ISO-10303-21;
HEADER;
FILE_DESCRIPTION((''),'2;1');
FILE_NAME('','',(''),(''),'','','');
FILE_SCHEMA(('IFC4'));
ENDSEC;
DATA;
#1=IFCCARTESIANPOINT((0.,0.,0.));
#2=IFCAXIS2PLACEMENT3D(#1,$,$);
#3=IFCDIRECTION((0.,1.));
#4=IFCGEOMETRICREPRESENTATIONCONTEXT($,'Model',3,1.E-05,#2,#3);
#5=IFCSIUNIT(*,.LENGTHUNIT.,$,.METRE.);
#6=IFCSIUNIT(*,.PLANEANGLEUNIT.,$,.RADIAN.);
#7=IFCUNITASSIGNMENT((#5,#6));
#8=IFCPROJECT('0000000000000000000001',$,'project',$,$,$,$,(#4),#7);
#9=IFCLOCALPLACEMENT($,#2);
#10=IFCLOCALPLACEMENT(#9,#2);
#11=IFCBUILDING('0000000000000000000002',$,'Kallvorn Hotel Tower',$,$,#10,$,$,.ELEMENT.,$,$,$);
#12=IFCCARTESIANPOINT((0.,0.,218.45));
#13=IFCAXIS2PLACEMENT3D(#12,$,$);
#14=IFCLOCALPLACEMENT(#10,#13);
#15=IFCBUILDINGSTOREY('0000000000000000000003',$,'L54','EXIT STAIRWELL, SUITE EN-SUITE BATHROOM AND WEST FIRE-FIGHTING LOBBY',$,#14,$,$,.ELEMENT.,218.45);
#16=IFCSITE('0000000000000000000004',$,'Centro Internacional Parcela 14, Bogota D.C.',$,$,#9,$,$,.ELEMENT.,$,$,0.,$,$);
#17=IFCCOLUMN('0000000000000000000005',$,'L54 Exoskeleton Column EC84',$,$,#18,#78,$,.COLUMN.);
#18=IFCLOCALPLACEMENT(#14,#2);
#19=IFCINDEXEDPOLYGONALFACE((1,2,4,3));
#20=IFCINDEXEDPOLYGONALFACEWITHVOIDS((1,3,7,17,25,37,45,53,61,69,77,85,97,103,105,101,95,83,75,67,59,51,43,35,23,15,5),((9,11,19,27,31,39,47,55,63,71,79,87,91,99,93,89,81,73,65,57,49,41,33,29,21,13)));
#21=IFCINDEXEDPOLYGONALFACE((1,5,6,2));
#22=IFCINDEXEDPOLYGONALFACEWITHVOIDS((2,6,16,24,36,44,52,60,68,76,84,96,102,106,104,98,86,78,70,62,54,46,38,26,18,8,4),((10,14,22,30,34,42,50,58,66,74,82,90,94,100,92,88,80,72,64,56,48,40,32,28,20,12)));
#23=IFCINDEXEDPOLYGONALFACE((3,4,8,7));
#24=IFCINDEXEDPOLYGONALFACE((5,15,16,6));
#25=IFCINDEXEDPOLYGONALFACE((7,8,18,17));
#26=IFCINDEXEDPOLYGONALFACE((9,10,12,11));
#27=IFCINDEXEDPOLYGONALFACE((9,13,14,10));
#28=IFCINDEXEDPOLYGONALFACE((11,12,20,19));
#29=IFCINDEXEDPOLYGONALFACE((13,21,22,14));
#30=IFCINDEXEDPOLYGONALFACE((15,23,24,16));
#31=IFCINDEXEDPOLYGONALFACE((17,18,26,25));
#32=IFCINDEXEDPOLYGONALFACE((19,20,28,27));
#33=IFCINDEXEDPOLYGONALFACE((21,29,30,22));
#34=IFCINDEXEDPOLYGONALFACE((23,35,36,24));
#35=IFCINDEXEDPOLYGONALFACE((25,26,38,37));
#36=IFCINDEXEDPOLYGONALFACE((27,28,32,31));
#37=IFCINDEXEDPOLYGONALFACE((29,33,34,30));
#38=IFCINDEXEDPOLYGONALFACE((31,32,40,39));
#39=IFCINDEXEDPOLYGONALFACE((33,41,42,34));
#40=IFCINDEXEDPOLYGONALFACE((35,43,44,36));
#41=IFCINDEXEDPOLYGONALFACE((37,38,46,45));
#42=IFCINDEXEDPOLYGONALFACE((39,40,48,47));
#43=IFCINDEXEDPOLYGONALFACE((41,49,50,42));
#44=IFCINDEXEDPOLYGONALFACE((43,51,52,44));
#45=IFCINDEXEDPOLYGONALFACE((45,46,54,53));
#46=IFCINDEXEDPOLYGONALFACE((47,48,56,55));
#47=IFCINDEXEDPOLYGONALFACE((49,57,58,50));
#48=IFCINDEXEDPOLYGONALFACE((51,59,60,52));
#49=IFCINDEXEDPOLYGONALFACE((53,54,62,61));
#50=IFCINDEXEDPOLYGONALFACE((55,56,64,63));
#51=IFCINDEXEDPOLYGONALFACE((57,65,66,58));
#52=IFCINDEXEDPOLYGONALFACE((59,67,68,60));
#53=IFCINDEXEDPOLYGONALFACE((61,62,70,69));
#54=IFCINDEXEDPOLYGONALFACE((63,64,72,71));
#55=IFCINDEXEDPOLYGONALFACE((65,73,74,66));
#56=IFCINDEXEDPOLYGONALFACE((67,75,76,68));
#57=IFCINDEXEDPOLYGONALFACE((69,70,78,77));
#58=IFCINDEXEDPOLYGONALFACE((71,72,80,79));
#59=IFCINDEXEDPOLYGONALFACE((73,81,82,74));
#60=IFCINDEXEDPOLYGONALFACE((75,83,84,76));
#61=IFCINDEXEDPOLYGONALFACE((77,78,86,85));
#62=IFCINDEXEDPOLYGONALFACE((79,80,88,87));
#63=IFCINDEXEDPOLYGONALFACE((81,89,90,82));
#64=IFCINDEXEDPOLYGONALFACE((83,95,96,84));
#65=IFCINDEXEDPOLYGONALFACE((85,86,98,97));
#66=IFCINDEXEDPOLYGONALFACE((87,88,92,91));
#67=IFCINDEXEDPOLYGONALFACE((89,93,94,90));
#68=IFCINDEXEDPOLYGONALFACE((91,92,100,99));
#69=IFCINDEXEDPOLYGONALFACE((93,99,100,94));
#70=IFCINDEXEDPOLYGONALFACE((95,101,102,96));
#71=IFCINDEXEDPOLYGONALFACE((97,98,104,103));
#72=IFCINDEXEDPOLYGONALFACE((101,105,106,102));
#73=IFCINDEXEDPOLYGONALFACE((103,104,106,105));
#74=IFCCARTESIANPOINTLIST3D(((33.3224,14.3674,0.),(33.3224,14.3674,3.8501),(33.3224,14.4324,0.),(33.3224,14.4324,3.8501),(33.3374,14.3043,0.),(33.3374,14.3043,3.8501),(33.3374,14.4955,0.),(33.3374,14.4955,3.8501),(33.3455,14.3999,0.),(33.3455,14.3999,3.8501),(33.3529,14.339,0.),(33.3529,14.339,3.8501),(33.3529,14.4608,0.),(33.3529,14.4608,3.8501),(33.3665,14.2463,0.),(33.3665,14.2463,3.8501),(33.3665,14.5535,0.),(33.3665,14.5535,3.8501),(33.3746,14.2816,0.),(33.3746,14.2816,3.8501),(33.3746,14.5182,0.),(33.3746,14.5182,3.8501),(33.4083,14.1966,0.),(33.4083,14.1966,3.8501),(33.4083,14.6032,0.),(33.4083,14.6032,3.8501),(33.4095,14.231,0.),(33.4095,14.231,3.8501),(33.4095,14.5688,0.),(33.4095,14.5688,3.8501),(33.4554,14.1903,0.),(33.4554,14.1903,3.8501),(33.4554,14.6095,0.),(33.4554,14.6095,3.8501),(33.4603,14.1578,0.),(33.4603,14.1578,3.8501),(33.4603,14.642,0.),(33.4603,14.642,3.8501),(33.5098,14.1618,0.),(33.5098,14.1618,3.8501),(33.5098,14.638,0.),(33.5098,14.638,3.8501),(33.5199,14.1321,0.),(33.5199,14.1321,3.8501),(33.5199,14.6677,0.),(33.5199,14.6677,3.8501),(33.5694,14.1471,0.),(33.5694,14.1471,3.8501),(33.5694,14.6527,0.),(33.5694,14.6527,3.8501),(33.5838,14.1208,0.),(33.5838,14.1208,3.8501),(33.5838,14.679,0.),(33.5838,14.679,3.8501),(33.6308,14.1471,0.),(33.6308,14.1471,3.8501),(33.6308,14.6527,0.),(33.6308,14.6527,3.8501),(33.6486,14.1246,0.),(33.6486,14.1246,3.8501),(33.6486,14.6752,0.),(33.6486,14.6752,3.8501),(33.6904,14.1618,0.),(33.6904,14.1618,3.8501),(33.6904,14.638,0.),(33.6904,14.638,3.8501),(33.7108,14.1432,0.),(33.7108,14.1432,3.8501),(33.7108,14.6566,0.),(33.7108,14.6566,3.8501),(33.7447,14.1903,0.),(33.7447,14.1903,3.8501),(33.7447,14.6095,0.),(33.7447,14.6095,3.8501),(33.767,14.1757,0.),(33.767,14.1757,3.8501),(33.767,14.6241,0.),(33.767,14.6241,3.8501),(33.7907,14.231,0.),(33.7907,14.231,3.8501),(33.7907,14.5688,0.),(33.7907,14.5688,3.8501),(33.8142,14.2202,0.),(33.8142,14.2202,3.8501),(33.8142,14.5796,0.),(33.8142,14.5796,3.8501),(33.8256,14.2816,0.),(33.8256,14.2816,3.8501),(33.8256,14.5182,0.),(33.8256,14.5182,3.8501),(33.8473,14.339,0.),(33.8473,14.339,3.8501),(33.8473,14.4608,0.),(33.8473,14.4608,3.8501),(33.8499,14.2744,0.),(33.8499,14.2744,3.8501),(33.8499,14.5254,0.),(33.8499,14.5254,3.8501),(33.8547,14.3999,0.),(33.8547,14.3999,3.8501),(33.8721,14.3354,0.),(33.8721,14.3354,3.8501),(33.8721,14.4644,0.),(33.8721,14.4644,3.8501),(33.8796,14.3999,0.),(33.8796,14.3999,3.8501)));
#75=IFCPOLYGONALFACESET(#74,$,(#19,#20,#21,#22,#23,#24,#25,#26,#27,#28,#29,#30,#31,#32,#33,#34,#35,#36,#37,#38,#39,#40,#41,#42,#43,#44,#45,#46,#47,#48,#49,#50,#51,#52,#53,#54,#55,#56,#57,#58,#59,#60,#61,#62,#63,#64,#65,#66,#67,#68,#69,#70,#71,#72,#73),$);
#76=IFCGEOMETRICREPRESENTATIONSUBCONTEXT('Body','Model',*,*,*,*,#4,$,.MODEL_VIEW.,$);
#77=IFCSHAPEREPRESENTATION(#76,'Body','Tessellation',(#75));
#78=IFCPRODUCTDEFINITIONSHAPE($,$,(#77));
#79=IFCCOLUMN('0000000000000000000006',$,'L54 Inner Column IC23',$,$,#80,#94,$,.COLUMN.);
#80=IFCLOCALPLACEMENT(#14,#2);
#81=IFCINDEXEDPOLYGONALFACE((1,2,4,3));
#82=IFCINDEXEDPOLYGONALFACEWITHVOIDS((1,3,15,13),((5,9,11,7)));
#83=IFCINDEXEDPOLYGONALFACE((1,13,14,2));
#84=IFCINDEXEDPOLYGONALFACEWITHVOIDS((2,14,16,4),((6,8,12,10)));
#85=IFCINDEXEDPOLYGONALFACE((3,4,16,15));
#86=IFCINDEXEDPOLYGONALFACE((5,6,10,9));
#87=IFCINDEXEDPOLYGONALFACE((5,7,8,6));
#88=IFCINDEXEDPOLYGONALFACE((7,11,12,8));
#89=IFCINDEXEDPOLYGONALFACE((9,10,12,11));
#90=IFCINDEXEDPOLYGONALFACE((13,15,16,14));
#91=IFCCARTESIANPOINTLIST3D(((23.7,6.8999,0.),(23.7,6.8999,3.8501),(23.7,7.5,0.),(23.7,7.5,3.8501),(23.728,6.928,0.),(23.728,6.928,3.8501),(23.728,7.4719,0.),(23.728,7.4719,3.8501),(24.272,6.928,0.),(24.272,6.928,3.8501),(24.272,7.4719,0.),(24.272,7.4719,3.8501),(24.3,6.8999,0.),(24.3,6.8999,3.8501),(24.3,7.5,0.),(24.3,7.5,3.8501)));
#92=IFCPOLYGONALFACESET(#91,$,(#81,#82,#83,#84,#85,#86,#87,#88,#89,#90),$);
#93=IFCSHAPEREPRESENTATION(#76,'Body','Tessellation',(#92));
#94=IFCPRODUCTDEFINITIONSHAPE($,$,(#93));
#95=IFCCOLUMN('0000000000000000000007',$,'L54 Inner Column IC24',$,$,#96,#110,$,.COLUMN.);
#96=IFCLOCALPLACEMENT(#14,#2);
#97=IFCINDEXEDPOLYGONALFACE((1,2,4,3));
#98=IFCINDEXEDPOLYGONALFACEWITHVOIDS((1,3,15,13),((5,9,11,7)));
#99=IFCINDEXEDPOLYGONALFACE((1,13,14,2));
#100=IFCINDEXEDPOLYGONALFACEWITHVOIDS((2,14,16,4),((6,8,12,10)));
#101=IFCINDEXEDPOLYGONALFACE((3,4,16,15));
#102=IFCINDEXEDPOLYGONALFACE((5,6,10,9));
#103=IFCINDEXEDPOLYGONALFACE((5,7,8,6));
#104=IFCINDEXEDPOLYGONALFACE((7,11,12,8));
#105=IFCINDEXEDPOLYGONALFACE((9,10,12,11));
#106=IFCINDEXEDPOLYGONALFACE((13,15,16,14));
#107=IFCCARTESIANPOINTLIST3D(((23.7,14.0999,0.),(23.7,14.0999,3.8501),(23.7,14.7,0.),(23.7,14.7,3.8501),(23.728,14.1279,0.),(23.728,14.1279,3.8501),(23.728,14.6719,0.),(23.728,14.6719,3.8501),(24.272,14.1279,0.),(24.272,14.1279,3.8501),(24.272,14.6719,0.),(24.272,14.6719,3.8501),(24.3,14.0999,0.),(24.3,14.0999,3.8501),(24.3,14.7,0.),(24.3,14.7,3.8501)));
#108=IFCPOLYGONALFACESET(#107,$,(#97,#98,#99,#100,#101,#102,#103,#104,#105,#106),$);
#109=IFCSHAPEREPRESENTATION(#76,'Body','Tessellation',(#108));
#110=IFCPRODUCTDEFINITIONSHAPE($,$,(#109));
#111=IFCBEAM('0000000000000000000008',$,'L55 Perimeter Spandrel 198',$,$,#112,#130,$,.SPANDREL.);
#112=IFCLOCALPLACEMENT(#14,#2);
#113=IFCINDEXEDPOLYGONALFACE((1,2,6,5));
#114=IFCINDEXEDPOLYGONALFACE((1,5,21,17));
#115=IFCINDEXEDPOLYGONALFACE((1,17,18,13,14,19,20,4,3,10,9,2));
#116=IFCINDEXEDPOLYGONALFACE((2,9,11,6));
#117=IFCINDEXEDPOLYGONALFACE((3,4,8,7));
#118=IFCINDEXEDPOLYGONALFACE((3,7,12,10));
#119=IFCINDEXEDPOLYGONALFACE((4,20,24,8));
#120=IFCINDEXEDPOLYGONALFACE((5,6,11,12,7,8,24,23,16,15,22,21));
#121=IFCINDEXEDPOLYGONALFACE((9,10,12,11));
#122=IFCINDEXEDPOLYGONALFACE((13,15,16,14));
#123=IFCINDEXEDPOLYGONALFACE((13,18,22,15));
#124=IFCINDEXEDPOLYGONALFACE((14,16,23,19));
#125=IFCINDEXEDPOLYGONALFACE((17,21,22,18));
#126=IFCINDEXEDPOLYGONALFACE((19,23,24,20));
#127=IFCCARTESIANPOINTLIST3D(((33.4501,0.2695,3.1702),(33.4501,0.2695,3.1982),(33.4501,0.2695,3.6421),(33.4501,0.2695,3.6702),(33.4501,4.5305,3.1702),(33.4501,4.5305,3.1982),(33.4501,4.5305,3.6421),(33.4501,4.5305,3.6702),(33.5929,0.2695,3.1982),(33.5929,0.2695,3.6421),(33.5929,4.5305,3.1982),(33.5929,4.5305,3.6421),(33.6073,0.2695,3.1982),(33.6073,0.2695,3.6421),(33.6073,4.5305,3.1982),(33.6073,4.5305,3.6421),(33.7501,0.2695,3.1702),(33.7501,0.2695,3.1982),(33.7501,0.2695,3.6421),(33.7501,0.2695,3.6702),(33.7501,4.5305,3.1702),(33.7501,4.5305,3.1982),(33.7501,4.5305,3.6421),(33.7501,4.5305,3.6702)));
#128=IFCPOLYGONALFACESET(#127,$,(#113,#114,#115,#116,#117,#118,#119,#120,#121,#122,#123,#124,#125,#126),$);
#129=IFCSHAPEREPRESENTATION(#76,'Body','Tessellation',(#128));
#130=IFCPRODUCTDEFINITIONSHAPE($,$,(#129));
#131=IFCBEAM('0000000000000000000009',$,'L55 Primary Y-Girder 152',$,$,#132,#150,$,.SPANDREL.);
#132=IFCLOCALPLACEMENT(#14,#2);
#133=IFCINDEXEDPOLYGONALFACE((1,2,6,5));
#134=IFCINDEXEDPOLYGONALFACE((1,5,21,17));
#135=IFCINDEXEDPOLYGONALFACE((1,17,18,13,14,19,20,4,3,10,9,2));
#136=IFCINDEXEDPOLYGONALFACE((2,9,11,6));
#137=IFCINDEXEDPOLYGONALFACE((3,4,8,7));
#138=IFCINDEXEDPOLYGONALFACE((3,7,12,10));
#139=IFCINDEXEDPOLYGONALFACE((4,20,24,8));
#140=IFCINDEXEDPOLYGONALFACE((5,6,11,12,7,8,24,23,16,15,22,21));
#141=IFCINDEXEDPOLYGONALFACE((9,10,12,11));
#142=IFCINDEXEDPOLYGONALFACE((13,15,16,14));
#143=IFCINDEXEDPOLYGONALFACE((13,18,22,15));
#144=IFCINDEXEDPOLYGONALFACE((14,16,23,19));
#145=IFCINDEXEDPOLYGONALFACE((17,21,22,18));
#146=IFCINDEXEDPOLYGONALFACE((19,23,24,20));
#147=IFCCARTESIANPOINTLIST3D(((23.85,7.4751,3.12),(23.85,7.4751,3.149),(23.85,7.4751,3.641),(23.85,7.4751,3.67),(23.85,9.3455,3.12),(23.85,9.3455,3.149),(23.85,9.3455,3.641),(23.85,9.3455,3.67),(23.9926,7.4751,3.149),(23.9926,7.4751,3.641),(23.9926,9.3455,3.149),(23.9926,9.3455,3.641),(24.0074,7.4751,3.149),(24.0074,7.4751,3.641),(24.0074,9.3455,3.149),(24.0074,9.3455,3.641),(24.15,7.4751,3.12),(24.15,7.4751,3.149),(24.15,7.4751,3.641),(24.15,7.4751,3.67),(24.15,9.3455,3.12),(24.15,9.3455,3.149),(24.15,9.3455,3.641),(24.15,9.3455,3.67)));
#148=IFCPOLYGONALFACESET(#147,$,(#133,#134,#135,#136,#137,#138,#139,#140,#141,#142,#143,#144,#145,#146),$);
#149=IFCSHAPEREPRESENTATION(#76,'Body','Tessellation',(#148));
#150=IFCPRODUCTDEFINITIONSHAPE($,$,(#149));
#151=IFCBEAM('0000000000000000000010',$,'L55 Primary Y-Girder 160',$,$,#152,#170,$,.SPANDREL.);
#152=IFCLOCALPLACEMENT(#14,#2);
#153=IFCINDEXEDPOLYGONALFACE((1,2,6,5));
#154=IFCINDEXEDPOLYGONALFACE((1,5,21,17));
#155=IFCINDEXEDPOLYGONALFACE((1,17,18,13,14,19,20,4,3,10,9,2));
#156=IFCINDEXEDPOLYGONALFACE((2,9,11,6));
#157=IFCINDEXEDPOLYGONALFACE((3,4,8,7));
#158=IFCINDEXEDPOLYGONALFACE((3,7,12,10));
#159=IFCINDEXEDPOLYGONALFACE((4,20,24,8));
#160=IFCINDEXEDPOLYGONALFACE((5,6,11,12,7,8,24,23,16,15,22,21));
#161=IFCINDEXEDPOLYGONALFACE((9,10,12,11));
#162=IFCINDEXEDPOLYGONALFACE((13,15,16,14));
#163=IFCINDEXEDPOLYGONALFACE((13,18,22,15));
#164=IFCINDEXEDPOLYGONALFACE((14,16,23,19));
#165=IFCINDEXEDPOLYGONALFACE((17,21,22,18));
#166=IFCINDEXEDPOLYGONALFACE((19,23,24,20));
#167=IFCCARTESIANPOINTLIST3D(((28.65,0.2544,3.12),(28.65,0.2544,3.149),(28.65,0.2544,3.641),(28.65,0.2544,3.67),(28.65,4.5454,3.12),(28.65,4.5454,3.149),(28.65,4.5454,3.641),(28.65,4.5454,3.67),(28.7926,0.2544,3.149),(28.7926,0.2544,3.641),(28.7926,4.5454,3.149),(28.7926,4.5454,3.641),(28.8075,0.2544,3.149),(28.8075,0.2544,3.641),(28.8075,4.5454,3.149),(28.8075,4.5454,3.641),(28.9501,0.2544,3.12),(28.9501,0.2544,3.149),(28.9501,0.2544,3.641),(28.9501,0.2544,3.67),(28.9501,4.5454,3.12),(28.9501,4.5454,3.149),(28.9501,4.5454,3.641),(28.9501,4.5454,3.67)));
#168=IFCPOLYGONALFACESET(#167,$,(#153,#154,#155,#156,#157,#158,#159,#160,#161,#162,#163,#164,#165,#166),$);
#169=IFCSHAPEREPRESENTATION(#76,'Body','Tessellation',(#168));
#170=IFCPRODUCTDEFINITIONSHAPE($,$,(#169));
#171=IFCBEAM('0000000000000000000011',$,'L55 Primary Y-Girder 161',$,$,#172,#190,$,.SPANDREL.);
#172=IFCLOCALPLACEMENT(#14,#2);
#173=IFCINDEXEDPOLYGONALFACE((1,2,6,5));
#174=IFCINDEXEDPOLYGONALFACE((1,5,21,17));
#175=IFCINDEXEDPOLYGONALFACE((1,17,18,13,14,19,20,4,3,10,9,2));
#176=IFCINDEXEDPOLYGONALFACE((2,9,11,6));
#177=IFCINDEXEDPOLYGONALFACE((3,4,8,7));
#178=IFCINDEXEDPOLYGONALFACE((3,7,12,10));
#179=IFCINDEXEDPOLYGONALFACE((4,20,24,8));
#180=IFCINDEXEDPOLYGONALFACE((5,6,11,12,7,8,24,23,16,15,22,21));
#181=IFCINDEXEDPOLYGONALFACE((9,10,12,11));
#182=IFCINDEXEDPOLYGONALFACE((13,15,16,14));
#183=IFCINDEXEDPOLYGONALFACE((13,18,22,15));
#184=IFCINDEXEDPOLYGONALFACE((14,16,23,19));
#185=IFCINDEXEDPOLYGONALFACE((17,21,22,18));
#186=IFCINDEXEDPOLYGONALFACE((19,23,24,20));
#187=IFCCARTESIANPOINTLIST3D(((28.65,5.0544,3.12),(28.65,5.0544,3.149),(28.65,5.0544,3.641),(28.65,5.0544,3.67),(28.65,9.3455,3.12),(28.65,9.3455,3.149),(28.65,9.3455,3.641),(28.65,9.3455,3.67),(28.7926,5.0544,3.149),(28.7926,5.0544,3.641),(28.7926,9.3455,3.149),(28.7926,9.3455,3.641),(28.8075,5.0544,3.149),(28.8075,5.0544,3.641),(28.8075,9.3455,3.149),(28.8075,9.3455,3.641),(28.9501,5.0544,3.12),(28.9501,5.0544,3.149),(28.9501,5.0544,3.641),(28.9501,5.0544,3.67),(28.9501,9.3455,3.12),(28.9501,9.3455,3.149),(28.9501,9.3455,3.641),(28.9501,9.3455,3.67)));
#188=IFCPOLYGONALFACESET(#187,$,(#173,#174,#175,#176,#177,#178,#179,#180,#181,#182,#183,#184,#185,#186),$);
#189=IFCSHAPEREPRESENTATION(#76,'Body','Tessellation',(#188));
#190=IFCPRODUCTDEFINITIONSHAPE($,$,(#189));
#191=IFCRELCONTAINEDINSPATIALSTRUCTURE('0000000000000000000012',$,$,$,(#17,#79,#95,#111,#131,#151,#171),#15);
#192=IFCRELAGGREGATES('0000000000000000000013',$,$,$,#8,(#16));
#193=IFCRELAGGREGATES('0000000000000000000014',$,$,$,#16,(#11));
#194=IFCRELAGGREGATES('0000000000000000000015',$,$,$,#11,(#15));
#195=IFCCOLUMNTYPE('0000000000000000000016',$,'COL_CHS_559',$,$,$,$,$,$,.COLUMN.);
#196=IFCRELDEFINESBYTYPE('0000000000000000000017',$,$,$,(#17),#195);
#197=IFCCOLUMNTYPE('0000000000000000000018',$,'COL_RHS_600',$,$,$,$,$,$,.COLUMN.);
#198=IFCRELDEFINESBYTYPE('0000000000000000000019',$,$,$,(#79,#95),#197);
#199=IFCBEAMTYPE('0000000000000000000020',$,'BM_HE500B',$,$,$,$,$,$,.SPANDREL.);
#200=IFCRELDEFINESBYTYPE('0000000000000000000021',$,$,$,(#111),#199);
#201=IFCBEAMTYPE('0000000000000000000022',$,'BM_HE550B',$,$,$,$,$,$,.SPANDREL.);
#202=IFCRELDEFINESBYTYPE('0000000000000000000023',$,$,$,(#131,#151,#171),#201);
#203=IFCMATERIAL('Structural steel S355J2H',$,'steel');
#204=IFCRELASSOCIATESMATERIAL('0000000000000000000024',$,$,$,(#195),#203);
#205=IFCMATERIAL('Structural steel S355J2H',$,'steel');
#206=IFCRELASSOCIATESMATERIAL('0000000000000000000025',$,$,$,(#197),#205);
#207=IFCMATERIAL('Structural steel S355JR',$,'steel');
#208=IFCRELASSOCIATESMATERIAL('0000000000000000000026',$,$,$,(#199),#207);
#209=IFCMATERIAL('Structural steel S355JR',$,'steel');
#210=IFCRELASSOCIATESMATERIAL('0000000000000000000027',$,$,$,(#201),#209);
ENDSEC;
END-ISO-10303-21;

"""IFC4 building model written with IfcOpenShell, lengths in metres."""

from ifc_helpers import new_model, si_unit, direction, frame, origin, origin_2d, place, context, subcontext, project, spatial, hollow_rectangle, hollow_circle, i_section, extrude, material, material_profile, profile_set, type_object, element, save


model = new_model("IFC4")

# Units and contexts
model_context = context("Model", 3, precision=1e-05, world=origin(), true_north=direction((0.0, 1.0)))
body_context = subcontext(model_context, "Body", "Model", "MODEL_VIEW")
ifc_project = project(units=[si_unit("LENGTHUNIT", "METRE"), si_unit("PLANEANGLEUNIT", "RADIAN")], contexts=[model_context])

# Site, building, storey
site_placement = place(None, origin())
site = spatial("IfcSite", under=ifc_project, at=site_placement, Name="Centro Internacional Parcela 14, Bogota D.C.", CompositionType="ELEMENT", RefElevation=0.0)
building_placement = place(site_placement, origin())
building = spatial("IfcBuilding", under=site, at=building_placement, Name="Kallvorn Hotel Tower", CompositionType="ELEMENT")
storey_placement = place(building_placement, frame((0.0, 0.0, 218.45)))
storey = spatial("IfcBuildingStorey", under=building, at=storey_placement, Name="L54", Description="EXIT STAIRWELL, SUITE EN-SUITE BATHROOM AND WEST FIRE-FIGHTING LOBBY", CompositionType="ELEMENT", Elevation=218.45)

# Columns
ifc_material_1 = material(Name="Structural steel S355J2H", Category="steel")
ifc_material_profile_1 = material_profile(ifc_material_1, hollow_circle(Radius=0.2795, WallThickness=0.0249, at=origin_2d()), Name="CHS 559x25")
ifc_profile_set_1 = profile_set([ifc_material_profile_1], Name="Structural steel S355J2H")
column_type_1 = type_object("IfcColumnType", Name="COL_CHS_559", PredefinedType="COLUMN", material=ifc_profile_set_1)
for number, where, z_axis, x_axis, name in (
    (1, (33.6001, 14.3999, 0.0), (0.0, 0.0, 1.0), (1.0, 0.0, 0.0), "L54 Exoskeleton Column EC84"),
):
    element("IfcColumn", number, at=place(storey_placement, frame(where, z_axis=z_axis, x_axis=x_axis)), inside=storey, type_object=column_type_1, Name=name, PredefinedType="COLUMN", context=body_context, shape_type="SweptSolid", body=[
        extrude(hollow_circle(Radius=0.2795, WallThickness=0.0249, at=origin_2d()), origin(), (0.0, 0.0, 1.0), 3.8501),
    ])
ifc_material_2 = material(Name="Structural steel S355J2H", Category="steel")
ifc_material_profile_2 = material_profile(ifc_material_2, hollow_rectangle(XDim=0.6001, YDim=0.6001, WallThickness=0.0281, at=origin_2d()), Name="RHS 600x600x28")
ifc_profile_set_2 = profile_set([ifc_material_profile_2], Name="Structural steel S355J2H")
column_type_2 = type_object("IfcColumnType", Name="COL_RHS_600", PredefinedType="COLUMN", material=ifc_profile_set_2)
for number, where, z_axis, x_axis, name in (
    (2, (24.0, 7.2, 0.0), (0.0, 0.0, 1.0), (1.0, 0.0, 0.0), "L54 Inner Column IC23"),
    (3, (24.0, 14.3999, 0.0), (0.0, 0.0, 1.0), (1.0, 0.0, 0.0), "L54 Inner Column IC24"),
):
    element("IfcColumn", number, at=place(storey_placement, frame(where, z_axis=z_axis, x_axis=x_axis)), inside=storey, type_object=column_type_2, Name=name, PredefinedType="COLUMN", context=body_context, shape_type="SweptSolid", body=[
        extrude(hollow_rectangle(XDim=0.6001, YDim=0.6001, WallThickness=0.0281, at=origin_2d()), origin(), (0.0, 0.0, 1.0), 3.8501),
    ])

# Beams
ifc_material_3 = material(Name="Structural steel S355JR", Category="steel")
ifc_material_profile_3 = material_profile(ifc_material_3, i_section(OverallWidth=0.3, OverallDepth=0.5, WebThickness=0.0144, FlangeThickness=0.0281, at=origin_2d()), Name="HE 500 B")
ifc_profile_set_3 = profile_set([ifc_material_profile_3], Name="Structural steel S355JR")
beam_type_1 = type_object("IfcBeamType", Name="BM_HE500B", PredefinedType="SPANDREL", material=ifc_profile_set_3)
beam_1_placement = place(storey_placement, frame((33.6001, 0.2695, 3.4202), z_axis=(0.0, 1.0, 0.0), x_axis=(-1.0, 0.0, 0.0)))
element("IfcBeam", 4, at=beam_1_placement, inside=storey, type_object=beam_type_1, Name="L55 Perimeter Spandrel 198", PredefinedType="SPANDREL", context=body_context, shape_type="SweptSolid", body=[
    extrude(i_section(OverallWidth=0.3, OverallDepth=0.5, WebThickness=0.0144, FlangeThickness=0.0281, at=origin_2d()), origin(), (0.0, 0.0, 1.0), 4.261),
])
ifc_material_4 = material(Name="Structural steel S355JR", Category="steel")
ifc_material_profile_4 = material_profile(ifc_material_4, i_section(OverallWidth=0.3, OverallDepth=0.55, WebThickness=0.0149, FlangeThickness=0.0291, at=origin_2d()), Name="HE 550 B")
ifc_profile_set_4 = profile_set([ifc_material_profile_4], Name="Structural steel S355JR")
beam_type_2 = type_object("IfcBeamType", Name="BM_HE550B", PredefinedType="SPANDREL", material=ifc_profile_set_4)
beam_2_placement = place(storey_placement, frame((24.0, 7.4751, 3.395), z_axis=(0.0, 1.0, 0.0), x_axis=(-1.0, 0.0, 0.0)))
element("IfcBeam", 5, at=beam_2_placement, inside=storey, type_object=beam_type_2, Name="L55 Primary Y-Girder 152", PredefinedType="SPANDREL", context=body_context, shape_type="SweptSolid", body=[
    extrude(i_section(OverallWidth=0.3, OverallDepth=0.55, WebThickness=0.0149, FlangeThickness=0.0291, at=origin_2d()), origin(), (0.0, 0.0, 1.0), 1.8704),
])
for number, where, z_axis, x_axis, name in (
    (6, (28.8, 0.2544, 3.395), (0.0, 1.0, 0.0), (-1.0, 0.0, 0.0), "L55 Primary Y-Girder 160"),
    (7, (28.8, 5.0544, 3.395), (0.0, 1.0, 0.0), (-1.0, 0.0, 0.0), "L55 Primary Y-Girder 161"),
):
    element("IfcBeam", number, at=place(storey_placement, frame(where, z_axis=z_axis, x_axis=x_axis)), inside=storey, type_object=beam_type_2, Name=name, PredefinedType="SPANDREL", context=body_context, shape_type="SweptSolid", body=[
        extrude(i_section(OverallWidth=0.3, OverallDepth=0.55, WebThickness=0.0149, FlangeThickness=0.0291, at=origin_2d()), origin(), (0.0, 0.0, 1.0), 4.291),
    ])

save(model, "model.ifc")
